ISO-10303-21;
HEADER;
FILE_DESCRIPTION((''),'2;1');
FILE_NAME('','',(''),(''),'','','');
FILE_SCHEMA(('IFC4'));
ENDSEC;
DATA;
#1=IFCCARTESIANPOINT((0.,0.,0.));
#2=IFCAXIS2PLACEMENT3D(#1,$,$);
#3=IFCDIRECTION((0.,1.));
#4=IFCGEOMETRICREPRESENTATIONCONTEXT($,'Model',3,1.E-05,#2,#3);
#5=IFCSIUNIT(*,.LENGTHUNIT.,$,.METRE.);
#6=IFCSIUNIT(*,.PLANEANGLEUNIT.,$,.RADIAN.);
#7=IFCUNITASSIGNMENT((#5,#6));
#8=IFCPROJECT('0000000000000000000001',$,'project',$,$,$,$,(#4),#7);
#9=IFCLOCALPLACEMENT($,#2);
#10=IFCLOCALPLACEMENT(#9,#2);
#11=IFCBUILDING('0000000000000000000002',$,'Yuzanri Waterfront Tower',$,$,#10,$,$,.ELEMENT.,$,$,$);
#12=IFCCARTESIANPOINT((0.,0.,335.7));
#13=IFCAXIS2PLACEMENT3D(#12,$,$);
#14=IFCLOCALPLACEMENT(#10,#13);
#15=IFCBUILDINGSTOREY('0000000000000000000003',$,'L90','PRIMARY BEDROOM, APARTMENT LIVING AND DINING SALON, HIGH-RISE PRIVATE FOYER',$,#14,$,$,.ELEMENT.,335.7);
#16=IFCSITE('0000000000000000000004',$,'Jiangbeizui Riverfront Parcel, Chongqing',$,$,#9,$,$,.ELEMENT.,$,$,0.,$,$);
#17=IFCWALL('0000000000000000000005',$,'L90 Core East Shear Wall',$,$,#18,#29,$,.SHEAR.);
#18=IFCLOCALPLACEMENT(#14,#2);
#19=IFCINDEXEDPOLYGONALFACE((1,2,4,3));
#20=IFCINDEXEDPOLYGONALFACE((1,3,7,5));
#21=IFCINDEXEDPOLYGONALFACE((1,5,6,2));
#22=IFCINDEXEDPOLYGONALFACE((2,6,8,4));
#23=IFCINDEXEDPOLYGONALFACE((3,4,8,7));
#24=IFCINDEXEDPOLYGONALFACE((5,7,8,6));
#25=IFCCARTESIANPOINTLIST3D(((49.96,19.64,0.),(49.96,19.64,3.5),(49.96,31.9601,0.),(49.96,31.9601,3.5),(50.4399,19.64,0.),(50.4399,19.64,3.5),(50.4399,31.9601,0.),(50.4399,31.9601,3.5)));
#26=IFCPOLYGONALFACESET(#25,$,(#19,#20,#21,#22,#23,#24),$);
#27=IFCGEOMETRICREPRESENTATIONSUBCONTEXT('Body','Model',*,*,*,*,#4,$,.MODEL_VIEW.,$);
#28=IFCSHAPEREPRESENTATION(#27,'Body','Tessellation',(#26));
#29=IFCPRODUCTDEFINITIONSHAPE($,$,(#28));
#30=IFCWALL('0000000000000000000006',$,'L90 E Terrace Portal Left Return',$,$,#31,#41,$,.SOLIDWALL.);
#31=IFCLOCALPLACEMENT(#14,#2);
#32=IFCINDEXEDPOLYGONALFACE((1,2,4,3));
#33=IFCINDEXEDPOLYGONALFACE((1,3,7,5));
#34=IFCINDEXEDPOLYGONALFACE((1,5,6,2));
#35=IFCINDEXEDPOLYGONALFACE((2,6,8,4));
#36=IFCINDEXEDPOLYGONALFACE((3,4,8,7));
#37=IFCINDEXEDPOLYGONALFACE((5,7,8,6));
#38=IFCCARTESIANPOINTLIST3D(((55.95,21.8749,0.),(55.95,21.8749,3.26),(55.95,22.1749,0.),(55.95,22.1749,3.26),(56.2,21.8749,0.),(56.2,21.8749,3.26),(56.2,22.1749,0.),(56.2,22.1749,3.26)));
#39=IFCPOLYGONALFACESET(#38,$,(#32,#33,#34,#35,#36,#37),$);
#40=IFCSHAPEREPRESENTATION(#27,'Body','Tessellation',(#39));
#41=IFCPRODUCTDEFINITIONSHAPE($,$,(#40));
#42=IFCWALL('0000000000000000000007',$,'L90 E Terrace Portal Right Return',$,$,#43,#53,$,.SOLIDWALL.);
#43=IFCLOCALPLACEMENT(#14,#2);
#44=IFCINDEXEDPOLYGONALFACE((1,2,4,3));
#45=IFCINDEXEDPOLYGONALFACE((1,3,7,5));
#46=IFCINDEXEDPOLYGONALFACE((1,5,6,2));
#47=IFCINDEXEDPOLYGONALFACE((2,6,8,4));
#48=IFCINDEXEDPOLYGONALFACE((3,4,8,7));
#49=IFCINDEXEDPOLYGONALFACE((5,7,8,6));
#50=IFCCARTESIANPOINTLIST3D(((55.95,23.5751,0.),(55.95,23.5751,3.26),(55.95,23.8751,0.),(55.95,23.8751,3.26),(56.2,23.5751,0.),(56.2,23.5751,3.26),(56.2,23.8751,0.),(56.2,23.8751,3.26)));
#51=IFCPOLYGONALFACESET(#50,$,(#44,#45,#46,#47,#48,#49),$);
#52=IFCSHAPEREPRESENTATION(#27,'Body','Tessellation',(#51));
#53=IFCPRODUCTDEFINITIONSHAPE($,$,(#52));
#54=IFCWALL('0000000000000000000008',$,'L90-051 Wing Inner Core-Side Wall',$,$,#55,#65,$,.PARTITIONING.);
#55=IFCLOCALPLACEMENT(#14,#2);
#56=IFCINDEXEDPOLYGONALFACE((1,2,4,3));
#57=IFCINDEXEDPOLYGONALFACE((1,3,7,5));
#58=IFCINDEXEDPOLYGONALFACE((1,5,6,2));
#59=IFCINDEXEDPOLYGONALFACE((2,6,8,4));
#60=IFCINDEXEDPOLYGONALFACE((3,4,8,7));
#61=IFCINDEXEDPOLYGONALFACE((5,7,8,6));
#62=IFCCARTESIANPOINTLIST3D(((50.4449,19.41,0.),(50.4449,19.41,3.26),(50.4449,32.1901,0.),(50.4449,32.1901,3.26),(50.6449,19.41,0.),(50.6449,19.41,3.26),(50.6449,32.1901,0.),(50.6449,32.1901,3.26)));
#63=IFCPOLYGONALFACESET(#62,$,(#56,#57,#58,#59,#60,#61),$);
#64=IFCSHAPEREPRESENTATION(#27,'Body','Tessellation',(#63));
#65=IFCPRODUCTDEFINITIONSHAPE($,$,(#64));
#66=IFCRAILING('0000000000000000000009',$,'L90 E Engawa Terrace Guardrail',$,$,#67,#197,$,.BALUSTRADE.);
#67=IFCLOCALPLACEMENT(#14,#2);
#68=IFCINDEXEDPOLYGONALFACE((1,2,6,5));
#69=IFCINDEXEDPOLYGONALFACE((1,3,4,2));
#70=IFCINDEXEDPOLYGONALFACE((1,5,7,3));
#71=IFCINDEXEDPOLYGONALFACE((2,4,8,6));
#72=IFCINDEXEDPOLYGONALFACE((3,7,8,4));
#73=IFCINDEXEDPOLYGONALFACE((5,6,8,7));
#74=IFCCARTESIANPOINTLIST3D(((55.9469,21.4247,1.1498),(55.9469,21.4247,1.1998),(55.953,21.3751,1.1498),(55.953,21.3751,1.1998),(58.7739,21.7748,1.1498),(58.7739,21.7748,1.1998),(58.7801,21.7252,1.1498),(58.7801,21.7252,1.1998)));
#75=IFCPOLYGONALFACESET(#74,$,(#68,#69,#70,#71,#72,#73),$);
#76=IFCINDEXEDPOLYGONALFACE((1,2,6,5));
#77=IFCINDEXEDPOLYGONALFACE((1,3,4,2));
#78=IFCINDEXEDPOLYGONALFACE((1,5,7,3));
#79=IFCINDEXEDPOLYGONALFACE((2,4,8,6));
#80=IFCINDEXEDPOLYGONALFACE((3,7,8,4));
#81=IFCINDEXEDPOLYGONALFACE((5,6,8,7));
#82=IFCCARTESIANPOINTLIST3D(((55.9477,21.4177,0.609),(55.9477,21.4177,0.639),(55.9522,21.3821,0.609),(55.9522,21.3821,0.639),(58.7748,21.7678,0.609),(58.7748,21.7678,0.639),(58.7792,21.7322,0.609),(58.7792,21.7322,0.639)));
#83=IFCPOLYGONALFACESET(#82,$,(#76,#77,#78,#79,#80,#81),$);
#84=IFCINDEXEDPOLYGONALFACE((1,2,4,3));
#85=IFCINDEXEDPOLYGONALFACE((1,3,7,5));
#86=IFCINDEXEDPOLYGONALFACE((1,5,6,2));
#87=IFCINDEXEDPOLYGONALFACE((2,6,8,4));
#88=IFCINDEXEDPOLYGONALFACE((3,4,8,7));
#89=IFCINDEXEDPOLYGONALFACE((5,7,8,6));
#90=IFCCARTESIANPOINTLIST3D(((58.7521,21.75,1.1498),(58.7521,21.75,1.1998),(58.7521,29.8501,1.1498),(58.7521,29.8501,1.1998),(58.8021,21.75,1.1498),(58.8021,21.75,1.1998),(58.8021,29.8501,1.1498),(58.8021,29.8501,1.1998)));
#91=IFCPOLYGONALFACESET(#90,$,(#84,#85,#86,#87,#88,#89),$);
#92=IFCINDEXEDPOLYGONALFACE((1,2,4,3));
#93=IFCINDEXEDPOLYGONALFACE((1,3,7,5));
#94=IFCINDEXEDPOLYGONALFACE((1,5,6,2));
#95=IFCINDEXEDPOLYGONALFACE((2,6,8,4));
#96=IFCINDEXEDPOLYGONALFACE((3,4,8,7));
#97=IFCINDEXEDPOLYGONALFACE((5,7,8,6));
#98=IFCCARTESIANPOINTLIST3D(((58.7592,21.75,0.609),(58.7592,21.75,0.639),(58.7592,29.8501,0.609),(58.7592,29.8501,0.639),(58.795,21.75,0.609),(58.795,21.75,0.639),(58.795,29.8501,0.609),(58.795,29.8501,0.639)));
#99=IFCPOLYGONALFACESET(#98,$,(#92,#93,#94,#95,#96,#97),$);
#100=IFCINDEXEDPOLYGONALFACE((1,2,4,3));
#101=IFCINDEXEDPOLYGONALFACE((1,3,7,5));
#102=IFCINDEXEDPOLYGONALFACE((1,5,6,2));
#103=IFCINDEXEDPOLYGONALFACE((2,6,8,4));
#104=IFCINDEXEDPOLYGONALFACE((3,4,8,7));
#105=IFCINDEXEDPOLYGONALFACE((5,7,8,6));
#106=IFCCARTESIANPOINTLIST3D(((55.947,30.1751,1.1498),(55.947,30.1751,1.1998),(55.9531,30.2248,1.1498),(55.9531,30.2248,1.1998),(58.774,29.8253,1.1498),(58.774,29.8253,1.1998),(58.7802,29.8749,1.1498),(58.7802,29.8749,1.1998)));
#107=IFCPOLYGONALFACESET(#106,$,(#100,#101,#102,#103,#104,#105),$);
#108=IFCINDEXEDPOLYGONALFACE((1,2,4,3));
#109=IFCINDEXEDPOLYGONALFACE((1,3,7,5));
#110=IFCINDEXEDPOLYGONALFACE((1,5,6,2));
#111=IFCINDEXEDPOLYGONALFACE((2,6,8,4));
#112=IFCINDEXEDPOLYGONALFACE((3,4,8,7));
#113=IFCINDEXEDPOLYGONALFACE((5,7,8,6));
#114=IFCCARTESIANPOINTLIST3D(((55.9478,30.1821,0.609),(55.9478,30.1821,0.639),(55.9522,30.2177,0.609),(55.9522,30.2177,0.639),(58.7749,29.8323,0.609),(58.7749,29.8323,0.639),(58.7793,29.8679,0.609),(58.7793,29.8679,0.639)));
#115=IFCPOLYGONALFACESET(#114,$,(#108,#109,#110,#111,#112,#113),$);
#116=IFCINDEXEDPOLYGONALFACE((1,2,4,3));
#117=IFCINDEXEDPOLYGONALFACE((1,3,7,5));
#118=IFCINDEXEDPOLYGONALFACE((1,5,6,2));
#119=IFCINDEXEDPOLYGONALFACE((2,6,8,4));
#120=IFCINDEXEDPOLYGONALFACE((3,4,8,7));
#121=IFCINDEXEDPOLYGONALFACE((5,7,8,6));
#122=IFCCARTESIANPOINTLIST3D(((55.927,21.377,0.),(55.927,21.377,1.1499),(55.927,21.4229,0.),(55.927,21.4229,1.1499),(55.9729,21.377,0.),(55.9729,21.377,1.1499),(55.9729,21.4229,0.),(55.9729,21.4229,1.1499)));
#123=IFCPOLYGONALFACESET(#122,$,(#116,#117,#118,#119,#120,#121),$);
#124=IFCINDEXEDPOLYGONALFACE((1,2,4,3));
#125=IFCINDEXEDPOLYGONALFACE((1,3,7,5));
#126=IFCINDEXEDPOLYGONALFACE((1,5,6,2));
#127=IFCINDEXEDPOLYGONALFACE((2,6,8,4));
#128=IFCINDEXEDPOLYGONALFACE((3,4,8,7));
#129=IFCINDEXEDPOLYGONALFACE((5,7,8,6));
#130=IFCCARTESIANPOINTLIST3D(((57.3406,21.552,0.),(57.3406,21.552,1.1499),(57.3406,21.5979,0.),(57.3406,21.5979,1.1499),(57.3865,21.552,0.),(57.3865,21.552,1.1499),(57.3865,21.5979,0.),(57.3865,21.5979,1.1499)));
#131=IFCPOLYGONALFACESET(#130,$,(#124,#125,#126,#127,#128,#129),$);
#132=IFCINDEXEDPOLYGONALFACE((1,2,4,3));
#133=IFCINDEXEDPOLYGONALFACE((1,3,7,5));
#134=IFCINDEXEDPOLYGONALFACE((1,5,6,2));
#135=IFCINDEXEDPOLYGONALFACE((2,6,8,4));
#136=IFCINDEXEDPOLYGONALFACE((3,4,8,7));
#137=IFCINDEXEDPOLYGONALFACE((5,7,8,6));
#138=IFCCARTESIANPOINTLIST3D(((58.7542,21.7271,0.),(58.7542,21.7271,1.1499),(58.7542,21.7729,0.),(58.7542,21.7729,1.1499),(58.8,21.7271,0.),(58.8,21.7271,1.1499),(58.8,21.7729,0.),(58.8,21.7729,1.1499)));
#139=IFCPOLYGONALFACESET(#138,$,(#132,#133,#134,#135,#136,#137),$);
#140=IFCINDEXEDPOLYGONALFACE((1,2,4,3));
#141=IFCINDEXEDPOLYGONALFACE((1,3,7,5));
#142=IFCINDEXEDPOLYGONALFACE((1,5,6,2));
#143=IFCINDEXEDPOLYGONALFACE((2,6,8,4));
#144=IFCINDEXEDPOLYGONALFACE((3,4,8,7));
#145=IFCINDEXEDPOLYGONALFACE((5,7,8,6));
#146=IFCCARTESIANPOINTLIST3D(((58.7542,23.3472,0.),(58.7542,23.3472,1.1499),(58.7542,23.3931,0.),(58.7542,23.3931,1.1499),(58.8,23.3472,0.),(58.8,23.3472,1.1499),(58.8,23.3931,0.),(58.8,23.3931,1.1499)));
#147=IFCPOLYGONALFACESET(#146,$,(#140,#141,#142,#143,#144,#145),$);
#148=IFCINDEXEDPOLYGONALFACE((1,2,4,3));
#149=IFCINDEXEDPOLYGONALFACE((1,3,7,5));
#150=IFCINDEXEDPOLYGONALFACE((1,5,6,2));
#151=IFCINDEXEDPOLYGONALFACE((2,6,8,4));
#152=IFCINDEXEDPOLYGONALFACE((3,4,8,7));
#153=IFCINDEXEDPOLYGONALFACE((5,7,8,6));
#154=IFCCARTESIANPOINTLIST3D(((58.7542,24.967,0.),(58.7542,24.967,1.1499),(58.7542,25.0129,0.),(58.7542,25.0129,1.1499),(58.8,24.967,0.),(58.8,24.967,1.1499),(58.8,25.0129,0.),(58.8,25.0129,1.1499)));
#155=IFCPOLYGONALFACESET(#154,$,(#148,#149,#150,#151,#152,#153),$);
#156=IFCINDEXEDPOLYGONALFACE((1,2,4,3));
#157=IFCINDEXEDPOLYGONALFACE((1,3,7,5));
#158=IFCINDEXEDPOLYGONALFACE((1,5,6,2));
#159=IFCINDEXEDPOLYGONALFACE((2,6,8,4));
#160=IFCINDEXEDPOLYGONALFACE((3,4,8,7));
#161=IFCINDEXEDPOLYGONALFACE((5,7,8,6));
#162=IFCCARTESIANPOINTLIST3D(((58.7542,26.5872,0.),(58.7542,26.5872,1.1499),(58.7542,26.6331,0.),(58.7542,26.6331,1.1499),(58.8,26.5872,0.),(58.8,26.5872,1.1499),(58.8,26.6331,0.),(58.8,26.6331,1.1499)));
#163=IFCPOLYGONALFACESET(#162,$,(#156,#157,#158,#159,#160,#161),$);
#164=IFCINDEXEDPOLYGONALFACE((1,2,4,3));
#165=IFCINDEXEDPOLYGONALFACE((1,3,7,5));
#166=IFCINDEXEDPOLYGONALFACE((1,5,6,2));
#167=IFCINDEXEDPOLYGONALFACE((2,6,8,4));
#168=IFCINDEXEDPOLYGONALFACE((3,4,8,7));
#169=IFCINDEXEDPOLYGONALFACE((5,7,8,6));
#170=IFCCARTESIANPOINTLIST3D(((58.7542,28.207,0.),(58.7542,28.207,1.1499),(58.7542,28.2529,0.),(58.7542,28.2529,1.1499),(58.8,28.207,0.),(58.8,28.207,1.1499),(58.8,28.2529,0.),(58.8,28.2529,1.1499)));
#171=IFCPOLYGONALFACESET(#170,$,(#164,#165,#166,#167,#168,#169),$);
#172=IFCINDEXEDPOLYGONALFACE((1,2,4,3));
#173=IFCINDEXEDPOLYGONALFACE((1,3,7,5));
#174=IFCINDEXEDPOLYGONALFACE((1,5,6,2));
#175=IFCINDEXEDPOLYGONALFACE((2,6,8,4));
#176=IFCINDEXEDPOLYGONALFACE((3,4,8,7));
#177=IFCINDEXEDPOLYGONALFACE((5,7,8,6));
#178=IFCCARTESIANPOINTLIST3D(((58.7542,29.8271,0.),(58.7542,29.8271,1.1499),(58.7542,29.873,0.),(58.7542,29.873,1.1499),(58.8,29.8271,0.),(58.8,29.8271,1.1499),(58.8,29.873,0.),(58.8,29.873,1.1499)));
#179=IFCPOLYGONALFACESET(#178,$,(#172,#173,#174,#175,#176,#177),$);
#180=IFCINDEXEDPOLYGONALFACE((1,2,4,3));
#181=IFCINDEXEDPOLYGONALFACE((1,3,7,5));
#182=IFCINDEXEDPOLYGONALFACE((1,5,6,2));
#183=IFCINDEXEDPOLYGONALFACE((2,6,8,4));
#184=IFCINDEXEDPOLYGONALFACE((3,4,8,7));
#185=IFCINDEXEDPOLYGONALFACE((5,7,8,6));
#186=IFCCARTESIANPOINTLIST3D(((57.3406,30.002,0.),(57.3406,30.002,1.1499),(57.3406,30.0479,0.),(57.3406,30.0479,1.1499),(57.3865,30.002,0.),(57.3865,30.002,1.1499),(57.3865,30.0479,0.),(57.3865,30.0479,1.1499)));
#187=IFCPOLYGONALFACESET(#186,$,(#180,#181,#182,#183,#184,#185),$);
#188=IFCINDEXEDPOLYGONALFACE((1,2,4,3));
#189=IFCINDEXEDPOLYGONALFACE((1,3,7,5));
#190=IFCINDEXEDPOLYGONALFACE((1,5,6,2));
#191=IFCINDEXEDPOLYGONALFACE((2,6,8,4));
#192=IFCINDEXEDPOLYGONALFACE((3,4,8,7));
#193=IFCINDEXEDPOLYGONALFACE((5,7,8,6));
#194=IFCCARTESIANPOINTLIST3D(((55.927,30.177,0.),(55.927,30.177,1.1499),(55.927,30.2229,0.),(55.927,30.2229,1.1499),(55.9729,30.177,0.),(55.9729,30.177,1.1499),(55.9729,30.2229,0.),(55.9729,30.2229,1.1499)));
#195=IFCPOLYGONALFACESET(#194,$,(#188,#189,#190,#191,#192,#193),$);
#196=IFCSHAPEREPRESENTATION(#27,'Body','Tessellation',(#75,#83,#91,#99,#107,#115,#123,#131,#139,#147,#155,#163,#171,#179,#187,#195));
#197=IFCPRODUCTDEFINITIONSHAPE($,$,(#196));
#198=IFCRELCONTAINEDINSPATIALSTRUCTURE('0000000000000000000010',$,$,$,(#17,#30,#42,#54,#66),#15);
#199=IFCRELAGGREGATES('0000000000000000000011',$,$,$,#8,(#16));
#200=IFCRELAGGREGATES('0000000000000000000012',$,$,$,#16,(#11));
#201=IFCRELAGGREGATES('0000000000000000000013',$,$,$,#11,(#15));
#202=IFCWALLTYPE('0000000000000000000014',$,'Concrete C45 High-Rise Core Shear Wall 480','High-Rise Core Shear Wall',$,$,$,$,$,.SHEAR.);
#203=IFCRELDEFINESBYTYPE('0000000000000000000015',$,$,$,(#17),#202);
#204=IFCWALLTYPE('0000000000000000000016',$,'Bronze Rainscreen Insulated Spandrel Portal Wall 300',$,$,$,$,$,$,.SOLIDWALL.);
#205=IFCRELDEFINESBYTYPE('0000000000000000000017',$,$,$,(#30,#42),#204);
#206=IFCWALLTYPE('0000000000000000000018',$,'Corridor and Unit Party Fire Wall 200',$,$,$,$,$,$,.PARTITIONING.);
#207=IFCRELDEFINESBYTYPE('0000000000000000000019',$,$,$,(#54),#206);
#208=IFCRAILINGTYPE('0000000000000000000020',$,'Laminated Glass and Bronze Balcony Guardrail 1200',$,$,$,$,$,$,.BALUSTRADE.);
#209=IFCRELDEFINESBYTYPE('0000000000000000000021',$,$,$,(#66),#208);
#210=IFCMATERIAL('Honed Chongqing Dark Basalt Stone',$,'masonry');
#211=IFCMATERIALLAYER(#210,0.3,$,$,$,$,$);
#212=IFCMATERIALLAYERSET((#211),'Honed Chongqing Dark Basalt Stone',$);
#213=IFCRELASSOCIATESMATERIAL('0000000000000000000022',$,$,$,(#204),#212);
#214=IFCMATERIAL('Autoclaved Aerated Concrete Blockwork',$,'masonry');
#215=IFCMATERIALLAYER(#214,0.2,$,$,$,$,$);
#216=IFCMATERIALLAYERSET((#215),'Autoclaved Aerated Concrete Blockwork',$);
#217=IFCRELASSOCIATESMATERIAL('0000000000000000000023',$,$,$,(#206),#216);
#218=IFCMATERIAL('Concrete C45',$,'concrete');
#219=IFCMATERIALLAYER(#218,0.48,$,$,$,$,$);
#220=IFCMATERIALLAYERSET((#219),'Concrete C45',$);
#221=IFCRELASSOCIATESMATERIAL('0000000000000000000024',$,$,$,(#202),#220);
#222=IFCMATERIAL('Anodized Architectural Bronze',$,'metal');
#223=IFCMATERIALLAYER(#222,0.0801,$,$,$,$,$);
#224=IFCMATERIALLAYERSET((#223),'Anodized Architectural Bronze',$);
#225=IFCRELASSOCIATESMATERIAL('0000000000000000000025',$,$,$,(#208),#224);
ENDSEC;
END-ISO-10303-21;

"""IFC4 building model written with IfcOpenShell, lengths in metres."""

from ifc_helpers import new_model, si_unit, direction, frame, frame_2d, origin, origin_2d, place, context, subcontext, project, spatial, rectangle, extrude, source, transform, mapped, material, layer, layer_set, type_object, element, save


model = new_model("IFC4")

# Units and contexts
model_context = context("Model", 3, precision=1e-05, world=origin(), true_north=direction((0.0, 1.0)))
body_context = subcontext(model_context, "Body", "Model", "MODEL_VIEW")
ifc_project = project(units=[si_unit("LENGTHUNIT", "METRE"), si_unit("PLANEANGLEUNIT", "RADIAN")], contexts=[model_context])

# Site, building, storey
site_placement = place(None, origin())
site = spatial("IfcSite", under=ifc_project, at=site_placement, Name="Jiangbeizui Riverfront Parcel, Chongqing", CompositionType="ELEMENT", RefElevation=0.0)
building_placement = place(site_placement, origin())
building = spatial("IfcBuilding", under=site, at=building_placement, Name="Yuzanri Waterfront Tower", CompositionType="ELEMENT")
storey_placement = place(building_placement, frame((0.0, 0.0, 335.7)))
storey = spatial("IfcBuildingStorey", under=building, at=storey_placement, Name="L90", Description="PRIMARY BEDROOM, APARTMENT LIVING AND DINING SALON, HIGH-RISE PRIVATE FOYER", CompositionType="ELEMENT", Elevation=335.7)

# Shared definitions
ifc_material_1 = material(Name="Honed Chongqing Dark Basalt Stone", Category="masonry")
ifc_layer_1 = layer(ifc_material_1, 0.3)
ifc_layer_set_1 = layer_set([ifc_layer_1], Name="Honed Chongqing Dark Basalt Stone")
wall_type_1 = type_object("IfcWallType", Name="Bronze Rainscreen Insulated Spandrel Portal Wall 300", PredefinedType="SOLIDWALL", material=ifc_layer_set_1)
ifc_material_2 = material(Name="Autoclaved Aerated Concrete Blockwork", Category="masonry")
ifc_layer_2 = layer(ifc_material_2, 0.2)
ifc_layer_set_2 = layer_set([ifc_layer_2], Name="Autoclaved Aerated Concrete Blockwork")
wall_type_2 = type_object("IfcWallType", Name="Corridor and Unit Party Fire Wall 200", PredefinedType="PARTITIONING", material=ifc_layer_set_2)

# Walls
ifc_material_3 = material(Name="Concrete C45", Category="concrete")
ifc_layer_3 = layer(ifc_material_3, 0.48)
ifc_layer_set_3 = layer_set([ifc_layer_3], Name="Concrete C45")
wall_type_3 = type_object("IfcWallType", Name="Concrete C45 High-Rise Core Shear Wall 480", Description="High-Rise Core Shear Wall", PredefinedType="SHEAR", material=ifc_layer_set_3)
shared_shape_1 = source(origin(), body_context, "Body", "SweptSolid", [
    extrude(rectangle(XDim=12.3201, YDim=0.48, at=frame_2d((6.1602, 0.0))), origin(), (0.0, 0.0, 1.0), 3.5),
])
wall_1_placement = place(storey_placement, frame((50.2, 19.6399, 0.0), z_axis=(0.0, 0.0, 1.0), x_axis=(0.0, 1.0, 0.0)))
element("IfcWall", 1, at=wall_1_placement, inside=storey, type_object=wall_type_3, Name="L90 Core East Shear Wall", PredefinedType="SHEAR", context=body_context, shape_type="MappedRepresentation", body=[
    mapped(shared_shape_1, transform((0.0, 0.0, 0.0), scale=1.0)),
])
shared_shape_2 = source(origin(), body_context, "Body", "SweptSolid", [
    extrude(rectangle(XDim=0.25, YDim=0.3, at=frame_2d((0.125, 0.0))), origin(), (0.0, 0.0, 1.0), 3.26),
])
for number, where, z_axis, x_axis, name in (
    (2, (55.95, 22.0249, 0.0), (0.0, 0.0, 1.0), (1.0, 0.0, 0.0), "L90 E Terrace Portal Left Return"),
    (3, (56.2, 23.7251, 0.0), (0.0, 0.0, 1.0), (-1.0, 0.0, 0.0), "L90 E Terrace Portal Right Return"),
):
    element("IfcWall", number, at=place(storey_placement, frame(where, z_axis=z_axis, x_axis=x_axis)), inside=storey, type_object=wall_type_1, Name=name, PredefinedType="SOLIDWALL", context=body_context, shape_type="MappedRepresentation", body=[
        mapped(shared_shape_2, transform((0.0, 0.0, 0.0), scale=1.0)),
    ])
shared_shape_3 = source(origin(), body_context, "Body", "SweptSolid", [
    extrude(rectangle(XDim=12.78, YDim=0.2, at=frame_2d((6.3901, 0.0))), origin(), (0.0, 0.0, 1.0), 3.26),
])
wall_2_placement = place(storey_placement, frame((50.5449, 19.4099, 0.0), z_axis=(0.0, 0.0, 1.0), x_axis=(0.0, 1.0, 0.0)))
element("IfcWall", 4, at=wall_2_placement, inside=storey, type_object=wall_type_2, Name="L90-051 Wing Inner Core-Side Wall", PredefinedType="PARTITIONING", context=body_context, shape_type="MappedRepresentation", body=[
    mapped(shared_shape_3, transform((0.0, 0.0, 0.0), scale=1.0)),
])

# Railing
ifc_material_4 = material(Name="Anodized Architectural Bronze", Category="metal")
ifc_layer_4 = layer(ifc_material_4, 0.0801)
ifc_layer_set_4 = layer_set([ifc_layer_4], Name="Anodized Architectural Bronze")
railing_type = type_object("IfcRailingType", Name="Laminated Glass and Bronze Balcony Guardrail 1200", PredefinedType="BALUSTRADE", material=ifc_layer_set_4)
shared_shape_4 = source(origin(), body_context, "Body", "SweptSolid", [
    extrude(rectangle(XDim=0.05, YDim=0.05, at=origin_2d()), frame((0.0, 0.0, 1.1748), z_axis=(0.99242, 0.122895, 0.0), x_axis=(-0.122895, 0.99242, 0.0)), (0.0, 0.0, 1.0), 2.8486),
    extrude(rectangle(XDim=0.0359, YDim=0.03, at=origin_2d()), frame((0.0, 0.0, 0.624), z_axis=(0.99242, 0.122895, 0.0), x_axis=(-0.122895, 0.99242, 0.0)), (0.0, 0.0, 1.0), 2.8486),
    extrude(rectangle(XDim=0.05, YDim=0.05, at=origin_2d()), frame((2.8271, 0.3501, 1.1748), z_axis=(0.0, 1.0, 0.0), x_axis=(-1.0, 0.0, 0.0)), (0.0, 0.0, 1.0), 8.1001),
    extrude(rectangle(XDim=0.0359, YDim=0.03, at=origin_2d()), frame((2.8271, 0.3501, 0.624), z_axis=(0.0, 1.0, 0.0), x_axis=(-1.0, 0.0, 0.0)), (0.0, 0.0, 1.0), 8.1001),
    extrude(rectangle(XDim=0.05, YDim=0.05, at=origin_2d()), frame((2.8271, 8.4502, 1.1748), z_axis=(-0.99243, 0.122811, 0.0), x_axis=(-0.122811, -0.99243, 0.0)), (0.0, 0.0, 1.0), 2.8486),
    extrude(rectangle(XDim=0.0359, YDim=0.03, at=origin_2d()), frame((2.8271, 8.4502, 0.624), z_axis=(-0.99243, 0.122811, 0.0), x_axis=(-0.122811, -0.99243, 0.0)), (0.0, 0.0, 1.0), 2.8486),
    extrude(rectangle(XDim=0.0459, YDim=0.0459, at=origin_2d()), origin(), (0.0, 0.0, 1.0), 1.1499),
    extrude(rectangle(XDim=0.0459, YDim=0.0459, at=origin_2d()), frame((1.4136, 0.175, 0.0)), (0.0, 0.0, 1.0), 1.1499),
    extrude(rectangle(XDim=0.0459, YDim=0.0459, at=origin_2d()), frame((2.8271, 0.3501, 0.0)), (0.0, 0.0, 1.0), 1.1499),
    extrude(rectangle(XDim=0.0459, YDim=0.0459, at=origin_2d()), frame((2.8271, 1.9702, 0.0)), (0.0, 0.0, 1.0), 1.1499),
    extrude(rectangle(XDim=0.0459, YDim=0.0459, at=origin_2d()), frame((2.8271, 3.5901, 0.0)), (0.0, 0.0, 1.0), 1.1499),
    extrude(rectangle(XDim=0.0459, YDim=0.0459, at=origin_2d()), frame((2.8271, 5.2102, 0.0)), (0.0, 0.0, 1.0), 1.1499),
    extrude(rectangle(XDim=0.0459, YDim=0.0459, at=origin_2d()), frame((2.8271, 6.8301, 0.0)), (0.0, 0.0, 1.0), 1.1499),
    extrude(rectangle(XDim=0.0459, YDim=0.0459, at=origin_2d()), frame((2.8271, 8.4502, 0.0)), (0.0, 0.0, 1.0), 1.1499),
    extrude(rectangle(XDim=0.0459, YDim=0.0459, at=origin_2d()), frame((1.4136, 8.625, 0.0)), (0.0, 0.0, 1.0), 1.1499),
    extrude(rectangle(XDim=0.0459, YDim=0.0459, at=origin_2d()), frame((0.0, 8.8, 0.0)), (0.0, 0.0, 1.0), 1.1499),
])
railing_placement = place(storey_placement, frame((55.95, 21.3999, 0.0)))
element("IfcRailing", 5, at=railing_placement, inside=storey, type_object=railing_type, Name="L90 E Engawa Terrace Guardrail", PredefinedType="BALUSTRADE", context=body_context, shape_type="MappedRepresentation", body=[
    mapped(shared_shape_4, transform((0.0, 0.0, 0.0), scale=1.0)),
])

save(model, "model.ifc")
